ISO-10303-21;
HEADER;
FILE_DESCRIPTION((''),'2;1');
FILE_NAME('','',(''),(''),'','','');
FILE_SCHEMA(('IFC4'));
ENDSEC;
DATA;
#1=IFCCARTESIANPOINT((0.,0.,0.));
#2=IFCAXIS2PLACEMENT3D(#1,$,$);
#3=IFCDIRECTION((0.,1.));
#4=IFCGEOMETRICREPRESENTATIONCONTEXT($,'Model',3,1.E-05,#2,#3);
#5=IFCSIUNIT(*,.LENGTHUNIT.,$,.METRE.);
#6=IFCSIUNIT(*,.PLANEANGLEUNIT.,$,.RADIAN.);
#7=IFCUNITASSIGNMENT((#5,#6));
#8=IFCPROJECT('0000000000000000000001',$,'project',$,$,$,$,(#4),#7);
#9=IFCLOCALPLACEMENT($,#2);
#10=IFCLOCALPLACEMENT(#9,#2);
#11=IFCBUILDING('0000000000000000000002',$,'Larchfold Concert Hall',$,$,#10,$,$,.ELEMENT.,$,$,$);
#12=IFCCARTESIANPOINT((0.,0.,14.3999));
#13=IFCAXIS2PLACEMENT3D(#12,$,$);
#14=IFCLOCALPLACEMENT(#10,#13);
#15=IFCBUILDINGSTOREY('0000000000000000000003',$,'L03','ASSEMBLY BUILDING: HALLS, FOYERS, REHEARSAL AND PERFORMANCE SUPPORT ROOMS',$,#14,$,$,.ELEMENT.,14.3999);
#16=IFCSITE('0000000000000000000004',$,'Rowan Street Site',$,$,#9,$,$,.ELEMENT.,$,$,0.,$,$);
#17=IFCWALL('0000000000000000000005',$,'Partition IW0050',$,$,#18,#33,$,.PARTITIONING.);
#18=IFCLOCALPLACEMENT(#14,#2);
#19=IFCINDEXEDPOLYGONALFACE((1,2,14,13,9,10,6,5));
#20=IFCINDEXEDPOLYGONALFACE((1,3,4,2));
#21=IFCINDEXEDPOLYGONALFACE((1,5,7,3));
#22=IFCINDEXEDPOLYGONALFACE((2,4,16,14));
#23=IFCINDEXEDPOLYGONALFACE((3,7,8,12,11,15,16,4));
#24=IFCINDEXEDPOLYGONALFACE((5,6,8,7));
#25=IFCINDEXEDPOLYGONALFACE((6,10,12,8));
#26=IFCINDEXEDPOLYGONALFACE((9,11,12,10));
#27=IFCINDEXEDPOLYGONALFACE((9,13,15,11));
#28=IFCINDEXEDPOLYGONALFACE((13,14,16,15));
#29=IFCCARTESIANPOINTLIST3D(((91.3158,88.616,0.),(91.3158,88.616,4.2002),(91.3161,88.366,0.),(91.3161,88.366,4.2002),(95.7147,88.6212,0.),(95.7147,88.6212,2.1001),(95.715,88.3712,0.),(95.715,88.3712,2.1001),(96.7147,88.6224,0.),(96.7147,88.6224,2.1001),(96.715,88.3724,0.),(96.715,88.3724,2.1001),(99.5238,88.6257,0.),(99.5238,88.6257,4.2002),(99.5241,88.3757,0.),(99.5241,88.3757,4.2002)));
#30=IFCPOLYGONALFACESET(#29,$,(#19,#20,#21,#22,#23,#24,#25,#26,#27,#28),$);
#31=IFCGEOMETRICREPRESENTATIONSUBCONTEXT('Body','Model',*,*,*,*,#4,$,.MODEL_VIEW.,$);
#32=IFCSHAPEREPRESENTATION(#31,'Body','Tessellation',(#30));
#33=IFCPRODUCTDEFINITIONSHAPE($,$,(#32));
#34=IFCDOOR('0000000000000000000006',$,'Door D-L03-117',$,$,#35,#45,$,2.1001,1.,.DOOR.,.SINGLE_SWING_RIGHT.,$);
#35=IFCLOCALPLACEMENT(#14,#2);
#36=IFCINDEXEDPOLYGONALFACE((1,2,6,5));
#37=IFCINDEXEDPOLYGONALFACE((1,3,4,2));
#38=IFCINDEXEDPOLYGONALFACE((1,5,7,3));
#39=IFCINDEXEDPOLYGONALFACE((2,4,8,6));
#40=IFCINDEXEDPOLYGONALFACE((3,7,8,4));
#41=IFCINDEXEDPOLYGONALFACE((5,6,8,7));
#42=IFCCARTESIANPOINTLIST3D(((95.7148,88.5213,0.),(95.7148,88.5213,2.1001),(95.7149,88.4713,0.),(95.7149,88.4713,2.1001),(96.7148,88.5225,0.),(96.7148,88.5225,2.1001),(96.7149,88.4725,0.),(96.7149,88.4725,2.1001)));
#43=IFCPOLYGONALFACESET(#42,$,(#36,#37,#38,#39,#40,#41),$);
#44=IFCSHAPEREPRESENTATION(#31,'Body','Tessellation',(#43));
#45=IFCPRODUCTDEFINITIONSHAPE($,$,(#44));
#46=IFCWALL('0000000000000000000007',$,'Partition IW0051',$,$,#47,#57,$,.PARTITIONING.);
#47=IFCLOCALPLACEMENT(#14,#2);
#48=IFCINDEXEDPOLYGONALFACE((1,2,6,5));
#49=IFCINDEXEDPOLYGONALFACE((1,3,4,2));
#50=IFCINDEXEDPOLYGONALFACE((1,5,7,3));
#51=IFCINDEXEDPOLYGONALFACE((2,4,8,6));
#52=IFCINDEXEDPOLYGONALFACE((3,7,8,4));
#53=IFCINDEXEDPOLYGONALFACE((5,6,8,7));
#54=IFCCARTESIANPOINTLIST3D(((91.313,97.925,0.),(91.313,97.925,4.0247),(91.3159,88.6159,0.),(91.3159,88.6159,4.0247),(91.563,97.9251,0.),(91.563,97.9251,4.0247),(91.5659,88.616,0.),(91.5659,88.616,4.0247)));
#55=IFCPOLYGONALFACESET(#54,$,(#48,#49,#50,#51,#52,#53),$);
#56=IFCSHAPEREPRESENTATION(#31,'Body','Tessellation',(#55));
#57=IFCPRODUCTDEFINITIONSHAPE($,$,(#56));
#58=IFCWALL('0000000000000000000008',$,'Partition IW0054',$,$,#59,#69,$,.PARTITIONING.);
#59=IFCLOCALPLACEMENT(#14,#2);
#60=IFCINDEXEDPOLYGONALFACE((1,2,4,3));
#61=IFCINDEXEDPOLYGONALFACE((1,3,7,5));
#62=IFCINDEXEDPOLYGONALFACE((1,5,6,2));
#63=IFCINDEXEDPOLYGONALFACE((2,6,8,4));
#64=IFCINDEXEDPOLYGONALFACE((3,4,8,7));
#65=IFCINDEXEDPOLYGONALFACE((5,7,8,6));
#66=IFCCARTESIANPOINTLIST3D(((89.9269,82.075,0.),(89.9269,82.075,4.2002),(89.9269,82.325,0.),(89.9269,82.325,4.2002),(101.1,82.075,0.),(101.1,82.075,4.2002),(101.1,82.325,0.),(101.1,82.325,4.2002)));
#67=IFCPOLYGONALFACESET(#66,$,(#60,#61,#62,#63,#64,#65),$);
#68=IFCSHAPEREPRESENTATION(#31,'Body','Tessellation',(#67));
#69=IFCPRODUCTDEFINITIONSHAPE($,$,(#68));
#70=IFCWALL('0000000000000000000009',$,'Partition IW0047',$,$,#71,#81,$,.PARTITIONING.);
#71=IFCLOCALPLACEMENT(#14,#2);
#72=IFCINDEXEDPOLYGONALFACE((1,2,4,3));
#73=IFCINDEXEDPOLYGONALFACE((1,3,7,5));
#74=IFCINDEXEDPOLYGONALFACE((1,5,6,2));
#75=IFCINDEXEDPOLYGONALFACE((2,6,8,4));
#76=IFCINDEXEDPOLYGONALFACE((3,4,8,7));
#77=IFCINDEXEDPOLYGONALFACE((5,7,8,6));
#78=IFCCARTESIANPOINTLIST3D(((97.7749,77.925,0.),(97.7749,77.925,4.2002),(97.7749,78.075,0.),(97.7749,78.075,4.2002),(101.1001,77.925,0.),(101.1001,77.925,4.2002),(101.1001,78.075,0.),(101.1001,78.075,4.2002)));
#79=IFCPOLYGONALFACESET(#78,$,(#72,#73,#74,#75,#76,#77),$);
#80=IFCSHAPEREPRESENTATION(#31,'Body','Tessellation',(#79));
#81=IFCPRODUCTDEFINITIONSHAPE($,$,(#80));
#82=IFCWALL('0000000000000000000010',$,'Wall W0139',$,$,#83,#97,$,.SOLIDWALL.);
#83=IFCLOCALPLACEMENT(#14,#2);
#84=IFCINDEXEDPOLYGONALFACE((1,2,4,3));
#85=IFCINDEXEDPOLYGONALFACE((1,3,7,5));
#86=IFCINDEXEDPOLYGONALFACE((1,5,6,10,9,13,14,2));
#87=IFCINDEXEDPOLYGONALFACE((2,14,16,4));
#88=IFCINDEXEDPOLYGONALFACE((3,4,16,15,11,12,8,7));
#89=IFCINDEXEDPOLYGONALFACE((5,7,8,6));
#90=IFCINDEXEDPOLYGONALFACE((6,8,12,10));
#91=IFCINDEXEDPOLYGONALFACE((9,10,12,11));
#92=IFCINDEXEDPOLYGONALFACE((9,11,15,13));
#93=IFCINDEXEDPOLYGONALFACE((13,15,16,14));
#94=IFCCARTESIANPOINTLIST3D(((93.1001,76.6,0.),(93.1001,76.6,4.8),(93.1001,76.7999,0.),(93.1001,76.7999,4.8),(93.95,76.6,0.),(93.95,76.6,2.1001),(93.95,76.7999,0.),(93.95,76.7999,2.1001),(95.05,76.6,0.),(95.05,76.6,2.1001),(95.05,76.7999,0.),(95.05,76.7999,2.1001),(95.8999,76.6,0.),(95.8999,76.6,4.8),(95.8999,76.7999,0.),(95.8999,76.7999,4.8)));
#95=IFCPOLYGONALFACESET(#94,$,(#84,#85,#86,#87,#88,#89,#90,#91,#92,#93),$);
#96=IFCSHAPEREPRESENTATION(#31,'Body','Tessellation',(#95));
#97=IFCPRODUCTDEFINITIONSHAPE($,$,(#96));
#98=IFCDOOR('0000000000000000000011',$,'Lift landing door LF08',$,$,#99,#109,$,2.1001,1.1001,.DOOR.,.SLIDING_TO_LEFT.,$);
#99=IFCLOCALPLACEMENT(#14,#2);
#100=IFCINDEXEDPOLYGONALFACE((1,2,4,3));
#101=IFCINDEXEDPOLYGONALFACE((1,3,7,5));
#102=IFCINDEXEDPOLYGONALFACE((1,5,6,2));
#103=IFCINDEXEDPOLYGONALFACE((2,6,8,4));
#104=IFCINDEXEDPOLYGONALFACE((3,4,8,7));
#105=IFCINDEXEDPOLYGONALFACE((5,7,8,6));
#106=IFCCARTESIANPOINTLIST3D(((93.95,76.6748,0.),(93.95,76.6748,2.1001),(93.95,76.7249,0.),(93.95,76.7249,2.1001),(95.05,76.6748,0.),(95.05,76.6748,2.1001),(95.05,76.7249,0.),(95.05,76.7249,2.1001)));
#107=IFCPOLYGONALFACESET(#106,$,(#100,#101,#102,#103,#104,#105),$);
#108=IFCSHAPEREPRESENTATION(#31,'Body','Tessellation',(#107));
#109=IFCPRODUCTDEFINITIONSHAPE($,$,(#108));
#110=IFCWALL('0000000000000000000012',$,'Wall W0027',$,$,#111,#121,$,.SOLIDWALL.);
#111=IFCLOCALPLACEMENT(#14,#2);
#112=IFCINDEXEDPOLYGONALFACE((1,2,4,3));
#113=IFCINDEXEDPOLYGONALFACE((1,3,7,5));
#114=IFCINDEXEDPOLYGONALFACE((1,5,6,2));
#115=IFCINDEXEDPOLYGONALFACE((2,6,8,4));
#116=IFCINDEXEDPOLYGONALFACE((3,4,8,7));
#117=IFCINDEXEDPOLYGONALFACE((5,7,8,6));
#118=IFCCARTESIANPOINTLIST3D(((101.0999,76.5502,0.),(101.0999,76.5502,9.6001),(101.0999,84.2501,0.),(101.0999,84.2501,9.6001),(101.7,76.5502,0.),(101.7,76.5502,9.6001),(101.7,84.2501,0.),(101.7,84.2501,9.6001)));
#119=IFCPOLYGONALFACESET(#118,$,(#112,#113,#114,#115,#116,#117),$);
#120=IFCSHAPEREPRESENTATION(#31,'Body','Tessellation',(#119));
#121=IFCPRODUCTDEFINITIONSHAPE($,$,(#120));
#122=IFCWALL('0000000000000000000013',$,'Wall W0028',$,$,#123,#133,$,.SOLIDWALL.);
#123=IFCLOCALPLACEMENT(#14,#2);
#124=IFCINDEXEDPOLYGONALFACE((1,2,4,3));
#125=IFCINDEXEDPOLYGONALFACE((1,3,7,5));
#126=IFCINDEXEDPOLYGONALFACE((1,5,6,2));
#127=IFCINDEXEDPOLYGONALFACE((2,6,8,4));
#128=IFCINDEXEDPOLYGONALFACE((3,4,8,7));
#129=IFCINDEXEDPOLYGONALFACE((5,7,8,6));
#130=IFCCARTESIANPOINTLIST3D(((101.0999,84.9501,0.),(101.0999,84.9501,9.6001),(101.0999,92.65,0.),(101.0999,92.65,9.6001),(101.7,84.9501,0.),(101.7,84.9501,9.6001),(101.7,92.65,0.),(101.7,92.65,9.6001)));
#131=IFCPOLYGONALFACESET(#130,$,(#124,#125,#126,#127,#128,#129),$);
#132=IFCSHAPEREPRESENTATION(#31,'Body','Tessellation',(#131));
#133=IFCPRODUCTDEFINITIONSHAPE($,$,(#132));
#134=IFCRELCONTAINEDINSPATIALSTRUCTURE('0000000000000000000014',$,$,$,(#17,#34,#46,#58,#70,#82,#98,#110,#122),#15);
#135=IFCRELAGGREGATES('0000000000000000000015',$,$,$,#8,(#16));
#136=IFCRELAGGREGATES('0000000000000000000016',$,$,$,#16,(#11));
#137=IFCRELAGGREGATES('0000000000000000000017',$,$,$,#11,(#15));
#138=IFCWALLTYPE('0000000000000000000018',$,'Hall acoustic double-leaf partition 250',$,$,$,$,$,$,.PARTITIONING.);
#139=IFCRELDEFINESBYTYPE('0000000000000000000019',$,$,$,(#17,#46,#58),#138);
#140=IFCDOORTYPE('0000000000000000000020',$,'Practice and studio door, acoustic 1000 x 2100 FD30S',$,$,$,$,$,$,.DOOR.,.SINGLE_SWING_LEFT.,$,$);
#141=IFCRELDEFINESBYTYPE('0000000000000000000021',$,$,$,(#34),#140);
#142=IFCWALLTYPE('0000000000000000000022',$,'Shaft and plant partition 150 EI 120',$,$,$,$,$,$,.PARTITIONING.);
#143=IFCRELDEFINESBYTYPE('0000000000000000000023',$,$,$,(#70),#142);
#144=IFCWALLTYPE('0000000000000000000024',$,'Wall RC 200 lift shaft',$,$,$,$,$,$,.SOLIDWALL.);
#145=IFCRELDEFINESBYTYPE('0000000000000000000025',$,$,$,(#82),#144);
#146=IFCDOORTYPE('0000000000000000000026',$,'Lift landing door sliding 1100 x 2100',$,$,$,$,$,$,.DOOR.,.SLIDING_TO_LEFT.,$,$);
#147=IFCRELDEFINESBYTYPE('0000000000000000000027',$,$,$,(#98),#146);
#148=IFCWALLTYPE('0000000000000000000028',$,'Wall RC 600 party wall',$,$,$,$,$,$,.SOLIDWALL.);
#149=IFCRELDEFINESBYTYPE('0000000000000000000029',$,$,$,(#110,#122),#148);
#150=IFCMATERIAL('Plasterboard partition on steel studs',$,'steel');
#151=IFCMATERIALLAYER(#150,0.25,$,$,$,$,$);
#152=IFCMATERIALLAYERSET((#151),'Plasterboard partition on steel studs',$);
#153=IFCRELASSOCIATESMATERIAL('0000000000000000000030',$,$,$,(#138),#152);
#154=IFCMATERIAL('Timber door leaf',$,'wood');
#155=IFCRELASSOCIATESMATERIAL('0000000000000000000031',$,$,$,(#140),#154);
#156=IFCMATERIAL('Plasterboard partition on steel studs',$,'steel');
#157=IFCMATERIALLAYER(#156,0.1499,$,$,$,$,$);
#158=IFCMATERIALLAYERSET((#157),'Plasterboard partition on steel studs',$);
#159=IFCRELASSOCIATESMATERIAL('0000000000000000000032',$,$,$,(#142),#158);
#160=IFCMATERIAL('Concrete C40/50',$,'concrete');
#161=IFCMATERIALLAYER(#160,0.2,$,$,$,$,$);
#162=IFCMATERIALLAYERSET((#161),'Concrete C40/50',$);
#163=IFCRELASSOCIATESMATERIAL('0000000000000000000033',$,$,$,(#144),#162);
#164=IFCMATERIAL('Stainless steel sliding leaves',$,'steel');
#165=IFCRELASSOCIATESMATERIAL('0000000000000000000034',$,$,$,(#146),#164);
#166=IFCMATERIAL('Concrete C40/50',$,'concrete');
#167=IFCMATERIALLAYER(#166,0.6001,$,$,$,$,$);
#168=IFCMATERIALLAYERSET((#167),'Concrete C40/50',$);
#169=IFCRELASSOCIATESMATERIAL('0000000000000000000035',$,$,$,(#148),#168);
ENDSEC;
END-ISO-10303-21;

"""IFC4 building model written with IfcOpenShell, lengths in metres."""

from ifc_helpers import new_model, si_unit, direction, frame, frame_2d, origin, place, context, subcontext, project, spatial, rectangle, extrude, material, layer, layer_set, type_object, element, fill, save


model = new_model("IFC4")

# Units and contexts
model_context = context("Model", 3, precision=1e-05, world=origin(), true_north=direction((0.0, 1.0)))
body_context = subcontext(model_context, "Body", "Model", "MODEL_VIEW")
ifc_project = project(units=[si_unit("LENGTHUNIT", "METRE"), si_unit("PLANEANGLEUNIT", "RADIAN")], contexts=[model_context])

# Site, building, storey
site_placement = place(None, origin())
site = spatial("IfcSite", under=ifc_project, at=site_placement, Name="Rowan Street Site", CompositionType="ELEMENT", RefElevation=0.0)
building_placement = place(site_placement, origin())
building = spatial("IfcBuilding", under=site, at=building_placement, Name="Larchfold Concert Hall", CompositionType="ELEMENT")
storey_placement = place(building_placement, frame((0.0, 0.0, 14.3999)))
storey = spatial("IfcBuildingStorey", under=building, at=storey_placement, Name="L03", Description="ASSEMBLY BUILDING: HALLS, FOYERS, REHEARSAL AND PERFORMANCE SUPPORT ROOMS", CompositionType="ELEMENT", Elevation=14.3999)

# Wall, opening, door
ifc_material_1 = material(Name="Plasterboard partition on steel studs", Category="steel")
ifc_layer_1 = layer(ifc_material_1, 0.25)
ifc_layer_set_1 = layer_set([ifc_layer_1], Name="Plasterboard partition on steel studs")
wall_type_1 = type_object("IfcWallType", Name="Hall acoustic double-leaf partition 250", PredefinedType="PARTITIONING", material=ifc_layer_set_1)
wall_1_placement = place(storey_placement, frame((99.5239, 88.5007, 0.0), z_axis=(0.0, 0.0, 1.0), x_axis=(-0.999999, -0.00119, 0.0)))
wall_1 = element("IfcWall", 1, at=wall_1_placement, inside=storey, type_object=wall_type_1, Name="Partition IW0050", PredefinedType="PARTITIONING", context=body_context, shape_type="SweptSolid", body=[
    extrude(rectangle(XDim=8.208, YDim=0.25, at=frame_2d((4.104, 0.0))), origin(), (0.0, 0.0, 1.0), 4.2002),
])
opening_1_placement = place(wall_1_placement, frame((2.8091, 0.0, 0.0)))
opening_1 = element("IfcOpeningElement", 2, at=opening_1_placement, cuts=wall_1, PredefinedType="OPENING", context=body_context, shape_type="SweptSolid", body=[
    extrude(rectangle(XDim=1.0, YDim=2.1001, at=frame_2d((0.5, 1.05))), frame((0.0, 0.135, 0.0), z_axis=(0.0, -1.0, 0.0), x_axis=(1.0, 0.0, 0.0)), (0.0, 0.0, 1.0), 0.27),
])
ifc_material_2 = material(Name="Timber door leaf", Category="wood")
door_type_1 = type_object("IfcDoorType", Name="Practice and studio door, acoustic 1000 x 2100 FD30S", OperationType="SINGLE_SWING_LEFT", PredefinedType="DOOR", material=ifc_material_2)
door_1_placement = place(opening_1_placement, origin())
door_1 = element("IfcDoor", 3, at=door_1_placement, inside=storey, type_object=door_type_1, Name="Door D-L03-117", OperationType="SINGLE_SWING_RIGHT", OverallHeight=2.1001, OverallWidth=1.0, PredefinedType="DOOR", context=body_context, shape_type="SweptSolid", body=[
    extrude(rectangle(XDim=1.0, YDim=2.1001, at=frame_2d((0.5, 1.05))), frame((0.0, 0.0249, 0.0), z_axis=(0.0, -1.0, 0.0), x_axis=(1.0, 0.0, 0.0)), (0.0, 0.0, 1.0), 0.05),
])
fill(opening_1, door_1)

# Walls
wall_2_placement = place(storey_placement, frame((91.4409, 88.616, 0.0), z_axis=(0.0, 0.0, 1.0), x_axis=(-0.000315, 1.0, 0.0)))
element("IfcWall", 4, at=wall_2_placement, inside=storey, type_object=wall_type_1, Name="Partition IW0051", PredefinedType="PARTITIONING", context=body_context, shape_type="SweptSolid", body=[
    extrude(rectangle(XDim=9.3091, YDim=0.25, at=frame_2d((4.6545, 0.0))), origin(), (0.0, 0.0, 1.0), 4.0247),
])
wall_3_placement = place(storey_placement, frame((89.927, 82.2, 0.0), z_axis=(0.0, 0.0, 1.0), x_axis=(1.0, 0.0, 0.0)))
element("IfcWall", 5, at=wall_3_placement, inside=storey, type_object=wall_type_1, Name="Partition IW0054", PredefinedType="PARTITIONING", context=body_context, shape_type="SweptSolid", body=[
    extrude(rectangle(XDim=11.1731, YDim=0.25, at=frame_2d((5.5864, 0.0))), origin(), (0.0, 0.0, 1.0), 4.2002),
])
ifc_material_3 = material(Name="Plasterboard partition on steel studs", Category="steel")
ifc_layer_2 = layer(ifc_material_3, 0.1499)
ifc_layer_set_2 = layer_set([ifc_layer_2], Name="Plasterboard partition on steel studs")
wall_type_2 = type_object("IfcWallType", Name="Shaft and plant partition 150 EI 120", PredefinedType="PARTITIONING", material=ifc_layer_set_2)
wall_4_placement = place(storey_placement, frame((97.7749, 78.0, 0.0), z_axis=(0.0, 0.0, 1.0), x_axis=(1.0, 0.0, 0.0)))
element("IfcWall", 6, at=wall_4_placement, inside=storey, type_object=wall_type_2, Name="Partition IW0047", PredefinedType="PARTITIONING", context=body_context, shape_type="SweptSolid", body=[
    extrude(rectangle(XDim=3.3252, YDim=0.1499, at=frame_2d((1.6626, 0.0))), origin(), (0.0, 0.0, 1.0), 4.2002),
])

# Wall, opening, door
ifc_material_4 = material(Name="Concrete C40/50", Category="concrete")
ifc_layer_3 = layer(ifc_material_4, 0.2)
ifc_layer_set_3 = layer_set([ifc_layer_3], Name="Concrete C40/50")
wall_type_3 = type_object("IfcWallType", Name="Wall RC 200 lift shaft", PredefinedType="SOLIDWALL", material=ifc_layer_set_3)
wall_5_placement = place(storey_placement, frame((93.1001, 76.7, 0.0), z_axis=(0.0, 0.0, 1.0), x_axis=(1.0, 0.0, 0.0)))
wall_5 = element("IfcWall", 7, at=wall_5_placement, inside=storey, type_object=wall_type_3, Name="Wall W0139", PredefinedType="SOLIDWALL", context=body_context, shape_type="SweptSolid", body=[
    extrude(rectangle(XDim=2.7998, YDim=0.2, at=frame_2d((1.3999, 0.0))), origin(), (0.0, 0.0, 1.0), 4.8),
])
opening_2_placement = place(wall_5_placement, frame((0.8499, 0.0, 0.0)))
opening_2 = element("IfcOpeningElement", 8, at=opening_2_placement, cuts=wall_5, PredefinedType="OPENING", context=body_context, shape_type="SweptSolid", body=[
    extrude(rectangle(XDim=1.1001, YDim=2.1001, at=frame_2d((0.55, 1.05))), frame((0.0, 0.1099, 0.0), z_axis=(0.0, -1.0, 0.0), x_axis=(1.0, 0.0, 0.0)), (0.0, 0.0, 1.0), 0.22),
])
ifc_material_5 = material(Name="Stainless steel sliding leaves", Category="steel")
door_type_2 = type_object("IfcDoorType", Name="Lift landing door sliding 1100 x 2100", OperationType="SLIDING_TO_LEFT", PredefinedType="DOOR", material=ifc_material_5)
door_2_placement = place(opening_2_placement, origin())
door_2 = element("IfcDoor", 9, at=door_2_placement, inside=storey, type_object=door_type_2, Name="Lift landing door LF08", OperationType="SLIDING_TO_LEFT", OverallHeight=2.1001, OverallWidth=1.1001, PredefinedType="DOOR", context=body_context, shape_type="SweptSolid", body=[
    extrude(rectangle(XDim=1.1001, YDim=2.1001, at=frame_2d((0.55, 1.05))), frame((0.0, 0.0249, 0.0), z_axis=(0.0, -1.0, 0.0), x_axis=(1.0, 0.0, 0.0)), (0.0, 0.0, 1.0), 0.05),
])
fill(opening_2, door_2)

# Walls
ifc_material_6 = material(Name="Concrete C40/50", Category="concrete")
ifc_layer_4 = layer(ifc_material_6, 0.6001)
ifc_layer_set_4 = layer_set([ifc_layer_4], Name="Concrete C40/50")
wall_type_4 = type_object("IfcWallType", Name="Wall RC 600 party wall", PredefinedType="SOLIDWALL", material=ifc_layer_set_4)
for number, where, z_axis, x_axis, name in (
    (10, (101.3999, 76.55, 0.0), (0.0, 0.0, 1.0), (0.0, 1.0, 0.0), "Wall W0027"),
    (11, (101.3999, 84.95, 0.0), (0.0, 0.0, 1.0), (0.0, 1.0, 0.0), "Wall W0028"),
):
    element("IfcWall", number, at=place(storey_placement, frame(where, z_axis=z_axis, x_axis=x_axis)), inside=storey, type_object=wall_type_4, Name=name, PredefinedType="SOLIDWALL", context=body_context, shape_type="SweptSolid", body=[
        extrude(rectangle(XDim=7.7, YDim=0.6001, at=frame_2d((3.8501, 0.0))), origin(), (0.0, 0.0, 1.0), 9.6001),
    ])

save(model, "model.ifc")
